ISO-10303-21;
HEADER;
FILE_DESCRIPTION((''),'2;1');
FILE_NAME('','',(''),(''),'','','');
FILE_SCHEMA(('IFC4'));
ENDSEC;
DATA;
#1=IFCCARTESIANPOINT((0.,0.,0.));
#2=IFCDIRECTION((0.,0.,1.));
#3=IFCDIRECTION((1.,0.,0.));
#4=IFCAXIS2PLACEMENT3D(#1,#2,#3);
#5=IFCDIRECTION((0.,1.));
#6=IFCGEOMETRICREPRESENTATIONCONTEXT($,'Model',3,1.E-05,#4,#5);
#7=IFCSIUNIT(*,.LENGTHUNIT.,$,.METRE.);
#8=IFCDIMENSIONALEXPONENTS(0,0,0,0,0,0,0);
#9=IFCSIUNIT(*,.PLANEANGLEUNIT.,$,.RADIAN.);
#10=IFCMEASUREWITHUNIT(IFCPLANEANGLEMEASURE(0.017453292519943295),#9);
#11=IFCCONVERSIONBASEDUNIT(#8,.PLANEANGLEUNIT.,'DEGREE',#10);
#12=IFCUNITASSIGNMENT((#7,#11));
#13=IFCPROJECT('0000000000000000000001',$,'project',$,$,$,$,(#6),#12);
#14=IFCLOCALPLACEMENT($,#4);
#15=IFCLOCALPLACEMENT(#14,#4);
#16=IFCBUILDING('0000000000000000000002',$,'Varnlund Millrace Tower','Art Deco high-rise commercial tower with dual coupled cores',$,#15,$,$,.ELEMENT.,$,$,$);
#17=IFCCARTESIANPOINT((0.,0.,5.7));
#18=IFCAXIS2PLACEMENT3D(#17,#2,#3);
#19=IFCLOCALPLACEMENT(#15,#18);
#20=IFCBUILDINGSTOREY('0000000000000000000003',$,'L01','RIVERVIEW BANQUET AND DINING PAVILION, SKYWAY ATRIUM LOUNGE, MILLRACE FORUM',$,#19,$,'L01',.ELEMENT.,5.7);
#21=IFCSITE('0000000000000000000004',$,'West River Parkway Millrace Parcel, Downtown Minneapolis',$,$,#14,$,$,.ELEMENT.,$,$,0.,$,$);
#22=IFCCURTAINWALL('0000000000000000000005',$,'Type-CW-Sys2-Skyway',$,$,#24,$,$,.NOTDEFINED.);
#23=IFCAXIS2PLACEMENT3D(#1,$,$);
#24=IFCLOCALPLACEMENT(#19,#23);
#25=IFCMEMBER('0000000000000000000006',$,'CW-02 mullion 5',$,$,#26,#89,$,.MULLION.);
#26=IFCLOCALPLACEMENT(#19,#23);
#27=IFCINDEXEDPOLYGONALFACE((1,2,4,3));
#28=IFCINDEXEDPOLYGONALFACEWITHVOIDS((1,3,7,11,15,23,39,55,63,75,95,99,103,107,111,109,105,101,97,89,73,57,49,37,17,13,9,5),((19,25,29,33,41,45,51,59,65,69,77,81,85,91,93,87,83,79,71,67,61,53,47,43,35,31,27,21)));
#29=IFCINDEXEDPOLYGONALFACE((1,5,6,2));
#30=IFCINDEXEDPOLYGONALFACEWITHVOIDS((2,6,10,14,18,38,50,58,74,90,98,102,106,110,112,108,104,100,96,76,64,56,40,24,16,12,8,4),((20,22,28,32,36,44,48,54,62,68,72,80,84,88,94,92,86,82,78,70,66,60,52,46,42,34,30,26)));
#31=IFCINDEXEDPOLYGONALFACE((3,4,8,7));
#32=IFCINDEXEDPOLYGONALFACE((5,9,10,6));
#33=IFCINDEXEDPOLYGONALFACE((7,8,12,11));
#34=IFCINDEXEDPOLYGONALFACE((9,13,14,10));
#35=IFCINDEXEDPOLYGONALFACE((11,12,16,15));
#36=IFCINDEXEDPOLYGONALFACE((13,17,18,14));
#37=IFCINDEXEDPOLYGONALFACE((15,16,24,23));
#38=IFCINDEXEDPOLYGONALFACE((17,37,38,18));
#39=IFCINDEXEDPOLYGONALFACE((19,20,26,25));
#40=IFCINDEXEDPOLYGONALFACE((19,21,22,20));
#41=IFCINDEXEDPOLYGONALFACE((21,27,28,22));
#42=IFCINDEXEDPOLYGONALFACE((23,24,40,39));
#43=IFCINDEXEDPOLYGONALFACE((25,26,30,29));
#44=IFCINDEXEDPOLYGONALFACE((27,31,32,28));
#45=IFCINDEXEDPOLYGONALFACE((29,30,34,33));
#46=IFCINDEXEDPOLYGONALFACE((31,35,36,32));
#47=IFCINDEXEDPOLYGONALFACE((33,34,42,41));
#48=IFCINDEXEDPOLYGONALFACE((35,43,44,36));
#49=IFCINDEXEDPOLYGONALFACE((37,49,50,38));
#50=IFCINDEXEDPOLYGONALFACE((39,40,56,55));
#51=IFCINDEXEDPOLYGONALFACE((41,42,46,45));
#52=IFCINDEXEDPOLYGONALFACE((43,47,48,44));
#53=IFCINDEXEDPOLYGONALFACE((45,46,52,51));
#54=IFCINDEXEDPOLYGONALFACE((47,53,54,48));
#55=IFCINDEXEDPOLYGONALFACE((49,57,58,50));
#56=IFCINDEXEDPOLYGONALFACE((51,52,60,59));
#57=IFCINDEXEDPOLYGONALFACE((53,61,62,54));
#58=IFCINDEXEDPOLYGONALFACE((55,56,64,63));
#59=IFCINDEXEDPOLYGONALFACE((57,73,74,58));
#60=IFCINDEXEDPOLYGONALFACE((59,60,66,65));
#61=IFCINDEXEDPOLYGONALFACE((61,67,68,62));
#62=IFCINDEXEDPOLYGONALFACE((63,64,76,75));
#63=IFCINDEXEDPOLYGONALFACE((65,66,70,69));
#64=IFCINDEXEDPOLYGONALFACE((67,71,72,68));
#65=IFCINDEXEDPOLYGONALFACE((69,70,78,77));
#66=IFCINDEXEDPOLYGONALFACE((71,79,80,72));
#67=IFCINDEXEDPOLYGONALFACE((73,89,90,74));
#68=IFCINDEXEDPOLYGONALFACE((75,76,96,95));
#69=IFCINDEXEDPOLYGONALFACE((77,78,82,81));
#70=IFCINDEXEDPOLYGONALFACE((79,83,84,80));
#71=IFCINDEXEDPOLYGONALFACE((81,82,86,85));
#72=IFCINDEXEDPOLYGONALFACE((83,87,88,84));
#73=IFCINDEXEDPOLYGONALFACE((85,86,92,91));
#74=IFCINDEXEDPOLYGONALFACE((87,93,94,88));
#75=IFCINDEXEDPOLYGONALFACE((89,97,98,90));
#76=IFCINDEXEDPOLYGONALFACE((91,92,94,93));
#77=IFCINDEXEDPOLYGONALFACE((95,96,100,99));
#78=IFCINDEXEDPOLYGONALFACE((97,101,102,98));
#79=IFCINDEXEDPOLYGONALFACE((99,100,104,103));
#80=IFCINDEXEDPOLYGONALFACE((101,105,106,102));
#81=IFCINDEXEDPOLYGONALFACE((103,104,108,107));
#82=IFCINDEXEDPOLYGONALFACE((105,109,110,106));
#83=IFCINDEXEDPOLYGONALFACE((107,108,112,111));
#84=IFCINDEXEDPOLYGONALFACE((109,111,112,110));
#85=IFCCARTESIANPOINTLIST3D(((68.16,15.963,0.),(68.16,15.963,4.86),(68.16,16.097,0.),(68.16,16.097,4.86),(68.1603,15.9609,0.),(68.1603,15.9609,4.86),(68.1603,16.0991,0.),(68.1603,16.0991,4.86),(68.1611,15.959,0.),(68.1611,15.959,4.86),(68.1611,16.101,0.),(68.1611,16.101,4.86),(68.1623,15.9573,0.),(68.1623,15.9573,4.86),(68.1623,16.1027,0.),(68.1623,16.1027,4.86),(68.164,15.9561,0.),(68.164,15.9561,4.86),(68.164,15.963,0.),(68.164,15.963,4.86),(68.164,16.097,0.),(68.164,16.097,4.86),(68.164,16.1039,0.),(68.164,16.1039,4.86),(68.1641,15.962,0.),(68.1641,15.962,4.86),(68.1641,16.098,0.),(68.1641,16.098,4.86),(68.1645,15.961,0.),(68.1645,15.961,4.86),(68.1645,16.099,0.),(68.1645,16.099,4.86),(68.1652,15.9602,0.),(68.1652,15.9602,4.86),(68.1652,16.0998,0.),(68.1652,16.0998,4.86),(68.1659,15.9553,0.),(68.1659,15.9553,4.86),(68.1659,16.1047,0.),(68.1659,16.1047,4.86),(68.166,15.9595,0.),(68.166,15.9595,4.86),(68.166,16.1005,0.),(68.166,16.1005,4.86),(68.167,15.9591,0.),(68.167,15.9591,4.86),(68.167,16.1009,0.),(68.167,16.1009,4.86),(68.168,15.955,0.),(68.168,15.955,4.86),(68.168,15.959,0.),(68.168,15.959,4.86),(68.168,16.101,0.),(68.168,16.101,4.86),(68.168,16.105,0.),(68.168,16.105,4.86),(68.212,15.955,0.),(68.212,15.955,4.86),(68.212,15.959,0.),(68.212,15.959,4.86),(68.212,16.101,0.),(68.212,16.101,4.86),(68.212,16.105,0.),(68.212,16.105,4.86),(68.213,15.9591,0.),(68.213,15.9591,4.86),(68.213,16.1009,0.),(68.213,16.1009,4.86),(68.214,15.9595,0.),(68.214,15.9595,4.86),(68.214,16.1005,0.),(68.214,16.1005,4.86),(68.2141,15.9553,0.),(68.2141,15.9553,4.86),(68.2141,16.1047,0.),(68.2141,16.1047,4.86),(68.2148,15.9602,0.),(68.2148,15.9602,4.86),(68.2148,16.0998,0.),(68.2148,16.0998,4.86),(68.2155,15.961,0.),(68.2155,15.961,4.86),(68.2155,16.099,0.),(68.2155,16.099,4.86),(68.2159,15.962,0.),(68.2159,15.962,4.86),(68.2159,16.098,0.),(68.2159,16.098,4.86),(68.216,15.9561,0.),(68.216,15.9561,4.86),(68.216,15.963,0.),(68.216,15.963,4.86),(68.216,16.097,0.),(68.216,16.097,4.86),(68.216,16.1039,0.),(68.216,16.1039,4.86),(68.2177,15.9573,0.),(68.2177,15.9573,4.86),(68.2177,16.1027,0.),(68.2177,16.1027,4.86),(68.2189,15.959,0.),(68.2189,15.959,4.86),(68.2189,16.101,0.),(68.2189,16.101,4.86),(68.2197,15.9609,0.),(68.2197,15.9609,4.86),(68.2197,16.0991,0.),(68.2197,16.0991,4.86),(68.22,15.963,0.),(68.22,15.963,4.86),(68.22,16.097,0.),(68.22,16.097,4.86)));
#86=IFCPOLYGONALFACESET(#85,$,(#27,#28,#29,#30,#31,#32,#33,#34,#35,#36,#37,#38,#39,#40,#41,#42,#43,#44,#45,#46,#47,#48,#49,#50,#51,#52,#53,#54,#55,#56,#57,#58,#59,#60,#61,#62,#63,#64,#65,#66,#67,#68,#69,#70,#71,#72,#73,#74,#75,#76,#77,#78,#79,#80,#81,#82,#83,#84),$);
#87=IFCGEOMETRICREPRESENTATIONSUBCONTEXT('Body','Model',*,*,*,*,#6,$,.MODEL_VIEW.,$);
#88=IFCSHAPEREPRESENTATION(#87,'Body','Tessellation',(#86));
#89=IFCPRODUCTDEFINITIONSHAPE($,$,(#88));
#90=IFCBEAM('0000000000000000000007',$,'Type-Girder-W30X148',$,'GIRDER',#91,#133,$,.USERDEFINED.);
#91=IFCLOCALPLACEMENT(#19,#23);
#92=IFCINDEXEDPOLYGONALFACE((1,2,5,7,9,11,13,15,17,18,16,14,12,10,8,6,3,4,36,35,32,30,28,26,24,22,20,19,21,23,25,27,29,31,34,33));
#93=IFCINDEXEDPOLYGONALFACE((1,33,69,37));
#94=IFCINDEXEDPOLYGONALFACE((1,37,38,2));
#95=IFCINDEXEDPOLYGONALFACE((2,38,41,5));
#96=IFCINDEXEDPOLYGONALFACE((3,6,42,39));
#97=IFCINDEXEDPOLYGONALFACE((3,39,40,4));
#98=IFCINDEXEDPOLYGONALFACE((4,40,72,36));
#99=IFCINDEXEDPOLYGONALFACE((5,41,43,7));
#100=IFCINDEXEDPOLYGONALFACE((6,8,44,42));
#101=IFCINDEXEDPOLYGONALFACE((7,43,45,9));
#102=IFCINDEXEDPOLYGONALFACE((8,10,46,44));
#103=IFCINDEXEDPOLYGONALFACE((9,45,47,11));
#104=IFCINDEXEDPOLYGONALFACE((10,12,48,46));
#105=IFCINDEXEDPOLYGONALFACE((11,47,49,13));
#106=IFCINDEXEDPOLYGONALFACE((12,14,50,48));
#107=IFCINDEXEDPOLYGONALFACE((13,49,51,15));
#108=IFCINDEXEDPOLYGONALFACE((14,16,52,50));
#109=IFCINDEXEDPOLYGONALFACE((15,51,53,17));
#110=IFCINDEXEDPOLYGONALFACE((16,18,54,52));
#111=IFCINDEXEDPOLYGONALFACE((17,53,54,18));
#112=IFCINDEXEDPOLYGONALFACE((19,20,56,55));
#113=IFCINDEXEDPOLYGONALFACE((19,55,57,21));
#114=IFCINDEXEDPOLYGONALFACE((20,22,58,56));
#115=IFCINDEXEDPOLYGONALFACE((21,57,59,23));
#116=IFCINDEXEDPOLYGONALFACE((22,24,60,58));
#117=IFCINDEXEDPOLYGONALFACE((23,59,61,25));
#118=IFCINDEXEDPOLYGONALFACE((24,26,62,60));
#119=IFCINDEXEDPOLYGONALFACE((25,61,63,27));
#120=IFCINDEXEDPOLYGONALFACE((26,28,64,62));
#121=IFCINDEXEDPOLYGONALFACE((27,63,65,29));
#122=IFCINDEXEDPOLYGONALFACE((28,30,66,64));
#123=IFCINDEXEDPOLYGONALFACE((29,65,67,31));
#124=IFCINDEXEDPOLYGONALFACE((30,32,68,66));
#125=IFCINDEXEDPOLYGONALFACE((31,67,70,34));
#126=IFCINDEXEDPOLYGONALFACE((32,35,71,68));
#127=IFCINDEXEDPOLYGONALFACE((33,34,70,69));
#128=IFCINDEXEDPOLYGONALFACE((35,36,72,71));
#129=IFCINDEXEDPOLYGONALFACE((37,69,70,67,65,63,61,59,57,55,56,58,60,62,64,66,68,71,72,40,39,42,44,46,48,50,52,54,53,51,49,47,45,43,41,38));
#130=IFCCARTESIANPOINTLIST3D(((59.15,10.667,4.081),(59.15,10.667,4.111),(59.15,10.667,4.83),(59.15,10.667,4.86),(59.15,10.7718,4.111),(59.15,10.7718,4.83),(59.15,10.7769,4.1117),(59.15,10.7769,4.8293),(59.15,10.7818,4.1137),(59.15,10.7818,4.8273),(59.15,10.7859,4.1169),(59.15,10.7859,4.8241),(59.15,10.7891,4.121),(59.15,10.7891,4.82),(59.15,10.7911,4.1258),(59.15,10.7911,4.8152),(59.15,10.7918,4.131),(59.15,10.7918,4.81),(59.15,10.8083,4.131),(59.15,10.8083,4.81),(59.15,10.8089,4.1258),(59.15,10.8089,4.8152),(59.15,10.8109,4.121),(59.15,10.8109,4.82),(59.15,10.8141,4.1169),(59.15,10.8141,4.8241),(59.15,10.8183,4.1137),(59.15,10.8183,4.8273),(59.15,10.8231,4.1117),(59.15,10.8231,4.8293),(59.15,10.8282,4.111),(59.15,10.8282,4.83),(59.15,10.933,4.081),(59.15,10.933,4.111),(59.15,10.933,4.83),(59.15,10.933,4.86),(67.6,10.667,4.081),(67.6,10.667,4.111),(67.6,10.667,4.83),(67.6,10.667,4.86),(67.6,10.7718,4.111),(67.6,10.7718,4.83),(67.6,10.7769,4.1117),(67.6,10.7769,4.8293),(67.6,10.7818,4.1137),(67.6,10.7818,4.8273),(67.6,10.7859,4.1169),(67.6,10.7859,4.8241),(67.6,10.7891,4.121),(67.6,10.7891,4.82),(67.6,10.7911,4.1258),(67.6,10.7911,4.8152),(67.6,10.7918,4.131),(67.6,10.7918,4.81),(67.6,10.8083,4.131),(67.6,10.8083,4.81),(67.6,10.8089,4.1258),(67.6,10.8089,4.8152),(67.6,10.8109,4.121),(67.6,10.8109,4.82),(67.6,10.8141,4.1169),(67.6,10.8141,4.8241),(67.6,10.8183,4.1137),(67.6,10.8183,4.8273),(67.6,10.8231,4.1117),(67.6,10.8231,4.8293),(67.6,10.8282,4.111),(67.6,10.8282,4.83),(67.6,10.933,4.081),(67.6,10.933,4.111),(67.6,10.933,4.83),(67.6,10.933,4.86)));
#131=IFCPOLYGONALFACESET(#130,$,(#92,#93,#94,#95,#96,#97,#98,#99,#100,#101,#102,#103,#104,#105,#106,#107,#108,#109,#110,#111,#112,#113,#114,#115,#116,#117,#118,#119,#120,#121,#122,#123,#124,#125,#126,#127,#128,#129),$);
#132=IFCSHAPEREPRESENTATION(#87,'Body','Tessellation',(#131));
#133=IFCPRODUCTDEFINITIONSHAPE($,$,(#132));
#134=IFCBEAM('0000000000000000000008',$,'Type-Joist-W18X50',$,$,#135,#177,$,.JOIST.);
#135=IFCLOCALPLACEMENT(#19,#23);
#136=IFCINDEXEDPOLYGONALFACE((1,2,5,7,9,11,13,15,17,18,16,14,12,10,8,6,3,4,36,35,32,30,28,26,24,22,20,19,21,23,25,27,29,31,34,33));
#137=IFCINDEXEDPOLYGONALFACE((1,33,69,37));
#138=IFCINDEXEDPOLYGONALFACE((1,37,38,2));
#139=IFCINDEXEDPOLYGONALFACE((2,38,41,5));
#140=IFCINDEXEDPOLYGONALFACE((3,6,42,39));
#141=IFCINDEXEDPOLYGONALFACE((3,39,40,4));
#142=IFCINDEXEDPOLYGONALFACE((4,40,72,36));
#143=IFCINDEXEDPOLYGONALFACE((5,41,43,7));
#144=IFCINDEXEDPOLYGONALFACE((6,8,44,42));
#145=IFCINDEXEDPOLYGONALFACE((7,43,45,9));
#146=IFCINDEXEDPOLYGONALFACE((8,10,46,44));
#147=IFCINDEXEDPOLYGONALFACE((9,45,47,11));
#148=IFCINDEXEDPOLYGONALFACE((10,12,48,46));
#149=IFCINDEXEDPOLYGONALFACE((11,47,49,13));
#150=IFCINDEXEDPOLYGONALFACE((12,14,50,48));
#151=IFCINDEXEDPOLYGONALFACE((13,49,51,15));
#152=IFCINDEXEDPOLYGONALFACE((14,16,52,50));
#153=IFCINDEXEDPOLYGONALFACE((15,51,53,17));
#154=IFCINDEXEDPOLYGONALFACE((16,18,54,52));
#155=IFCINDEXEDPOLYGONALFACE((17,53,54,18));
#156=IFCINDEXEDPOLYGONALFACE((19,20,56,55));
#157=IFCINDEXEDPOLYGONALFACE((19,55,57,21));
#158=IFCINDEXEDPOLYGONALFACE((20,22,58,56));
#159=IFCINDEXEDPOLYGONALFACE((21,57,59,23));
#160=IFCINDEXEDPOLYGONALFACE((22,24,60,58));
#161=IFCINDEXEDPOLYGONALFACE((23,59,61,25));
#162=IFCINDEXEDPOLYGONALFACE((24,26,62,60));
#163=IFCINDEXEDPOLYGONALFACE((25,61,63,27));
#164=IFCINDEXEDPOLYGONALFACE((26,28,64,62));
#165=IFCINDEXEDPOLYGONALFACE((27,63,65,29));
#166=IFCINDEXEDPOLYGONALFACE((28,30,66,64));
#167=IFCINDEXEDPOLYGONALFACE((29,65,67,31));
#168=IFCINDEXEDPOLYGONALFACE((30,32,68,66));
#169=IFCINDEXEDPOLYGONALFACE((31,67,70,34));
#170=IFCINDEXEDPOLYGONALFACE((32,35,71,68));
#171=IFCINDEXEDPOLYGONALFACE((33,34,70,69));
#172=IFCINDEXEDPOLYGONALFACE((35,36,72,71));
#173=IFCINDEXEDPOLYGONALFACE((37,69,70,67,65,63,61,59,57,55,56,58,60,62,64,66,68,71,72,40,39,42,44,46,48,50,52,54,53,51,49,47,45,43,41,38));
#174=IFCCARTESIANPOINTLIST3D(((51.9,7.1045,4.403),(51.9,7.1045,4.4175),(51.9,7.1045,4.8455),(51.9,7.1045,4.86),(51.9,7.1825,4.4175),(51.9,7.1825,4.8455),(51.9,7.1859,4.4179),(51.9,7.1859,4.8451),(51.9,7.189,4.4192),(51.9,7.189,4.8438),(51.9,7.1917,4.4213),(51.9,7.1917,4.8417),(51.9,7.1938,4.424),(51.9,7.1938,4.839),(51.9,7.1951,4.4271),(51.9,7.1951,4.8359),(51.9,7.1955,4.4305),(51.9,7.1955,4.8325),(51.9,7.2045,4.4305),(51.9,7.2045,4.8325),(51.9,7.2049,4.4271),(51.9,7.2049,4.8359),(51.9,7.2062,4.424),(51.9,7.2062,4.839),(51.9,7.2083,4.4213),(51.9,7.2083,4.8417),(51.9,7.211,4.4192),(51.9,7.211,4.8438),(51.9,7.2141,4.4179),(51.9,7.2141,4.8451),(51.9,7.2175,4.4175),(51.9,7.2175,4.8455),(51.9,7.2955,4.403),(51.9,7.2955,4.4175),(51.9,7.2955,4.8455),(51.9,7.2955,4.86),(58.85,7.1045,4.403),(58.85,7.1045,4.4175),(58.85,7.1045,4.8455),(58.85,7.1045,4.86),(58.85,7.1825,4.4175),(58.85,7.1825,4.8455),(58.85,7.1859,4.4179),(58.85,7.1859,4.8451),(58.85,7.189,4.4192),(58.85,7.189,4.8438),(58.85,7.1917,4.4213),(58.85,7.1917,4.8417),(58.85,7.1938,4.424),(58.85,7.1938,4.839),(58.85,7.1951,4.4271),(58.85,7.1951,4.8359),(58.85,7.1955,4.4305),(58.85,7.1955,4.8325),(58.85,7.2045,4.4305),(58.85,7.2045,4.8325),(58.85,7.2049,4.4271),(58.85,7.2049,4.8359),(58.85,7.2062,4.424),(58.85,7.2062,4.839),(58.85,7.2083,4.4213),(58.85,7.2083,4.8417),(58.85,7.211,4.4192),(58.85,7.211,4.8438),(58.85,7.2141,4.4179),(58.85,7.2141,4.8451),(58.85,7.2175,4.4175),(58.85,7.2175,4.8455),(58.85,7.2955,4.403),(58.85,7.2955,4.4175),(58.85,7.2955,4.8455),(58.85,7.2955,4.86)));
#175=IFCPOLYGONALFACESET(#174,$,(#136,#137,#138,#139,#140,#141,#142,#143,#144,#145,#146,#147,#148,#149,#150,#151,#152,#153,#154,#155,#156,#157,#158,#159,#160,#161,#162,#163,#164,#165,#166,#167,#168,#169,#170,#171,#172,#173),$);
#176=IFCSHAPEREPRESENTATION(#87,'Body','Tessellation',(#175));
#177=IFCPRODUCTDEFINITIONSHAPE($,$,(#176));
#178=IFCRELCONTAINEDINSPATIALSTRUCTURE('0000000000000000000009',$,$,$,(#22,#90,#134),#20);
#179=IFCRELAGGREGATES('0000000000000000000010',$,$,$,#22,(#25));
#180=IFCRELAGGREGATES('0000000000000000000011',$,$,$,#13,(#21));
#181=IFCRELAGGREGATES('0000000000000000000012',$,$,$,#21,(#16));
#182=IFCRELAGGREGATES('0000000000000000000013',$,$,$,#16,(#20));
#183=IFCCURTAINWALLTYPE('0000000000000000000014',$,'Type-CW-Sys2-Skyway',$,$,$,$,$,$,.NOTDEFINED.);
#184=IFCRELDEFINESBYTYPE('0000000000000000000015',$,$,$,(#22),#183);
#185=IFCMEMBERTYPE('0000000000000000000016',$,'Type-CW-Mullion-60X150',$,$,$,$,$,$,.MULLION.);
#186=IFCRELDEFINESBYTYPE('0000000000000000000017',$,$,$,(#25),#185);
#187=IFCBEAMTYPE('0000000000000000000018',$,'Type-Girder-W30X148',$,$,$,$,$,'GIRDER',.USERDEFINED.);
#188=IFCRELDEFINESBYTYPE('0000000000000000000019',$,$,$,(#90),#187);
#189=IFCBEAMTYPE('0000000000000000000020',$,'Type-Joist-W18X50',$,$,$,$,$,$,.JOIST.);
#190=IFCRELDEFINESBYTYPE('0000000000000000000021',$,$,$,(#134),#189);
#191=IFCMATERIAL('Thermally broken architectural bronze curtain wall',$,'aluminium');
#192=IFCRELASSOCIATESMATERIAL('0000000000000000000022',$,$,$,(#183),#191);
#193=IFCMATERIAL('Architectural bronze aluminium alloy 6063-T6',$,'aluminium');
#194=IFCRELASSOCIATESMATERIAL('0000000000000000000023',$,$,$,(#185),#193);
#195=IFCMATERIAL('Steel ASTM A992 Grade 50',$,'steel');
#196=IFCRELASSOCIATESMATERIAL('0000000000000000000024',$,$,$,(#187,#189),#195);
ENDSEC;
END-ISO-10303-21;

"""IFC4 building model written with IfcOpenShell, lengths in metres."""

from ifc_helpers import new_model, entity, si_unit, converted_unit, direction, frame, origin_with_axes, origin_2d_with_axis, place, context, subcontext, project, spatial, hollow_rectangle, i_section, extrude, material, material_profile, profile_set, type_object, element, aggregate, save


model = new_model("IFC4")

# Units and contexts
model_context = context("Model", 3, precision=1e-05, world=origin_with_axes(), true_north=direction((0.0, 1.0)))
body_context = subcontext(model_context, "Body", "Model", "MODEL_VIEW")
ifc_project = project(units=[si_unit("LENGTHUNIT", "METRE"), converted_unit("PLANEANGLEUNIT", "DEGREE", entity("IfcPlaneAngleMeasure", 0.017453292519943295), si_unit("PLANEANGLEUNIT", "RADIAN"), dimensions=[0, 0, 0, 0, 0, 0, 0])], contexts=[model_context])

# Site, building, storey
site_placement = place(None, origin_with_axes())
site = spatial("IfcSite", under=ifc_project, at=site_placement, Name="West River Parkway Millrace Parcel, Downtown Minneapolis", CompositionType="ELEMENT", RefElevation=0.0)
building_placement = place(site_placement, origin_with_axes())
building = spatial("IfcBuilding", under=site, at=building_placement, Name="Varnlund Millrace Tower", Description="Art Deco high-rise commercial tower with dual coupled cores", CompositionType="ELEMENT")
storey_placement = place(building_placement, frame((0.0, 0.0, 5.7), z_axis=(0.0, 0.0, 1.0), x_axis=(1.0, 0.0, 0.0)))
storey = spatial("IfcBuildingStorey", under=building, at=storey_placement, Name="L01", Description="RIVERVIEW BANQUET AND DINING PAVILION, SKYWAY ATRIUM LOUNGE, MILLRACE FORUM", LongName="L01", CompositionType="ELEMENT", Elevation=5.7)

# Shared definitions
ifc_material_1 = material(Name="Steel ASTM A992 Grade 50", Category="steel")

# Curtain wall, member
ifc_material_2 = material(Name="Thermally broken architectural bronze curtain wall", Category="aluminium")
curtain_wall_type = type_object("IfcCurtainWallType", Name="Type-CW-Sys2-Skyway", PredefinedType="NOTDEFINED", material=ifc_material_2)
curtain_wall_placement = place(storey_placement, frame((68.19, 22.0, 0.0), z_axis=(0.0, 0.0, 1.0), x_axis=(1.0, 0.0, 0.0)))
curtain_wall = element("IfcCurtainWall", 1, at=curtain_wall_placement, inside=storey, type_object=curtain_wall_type, Name="Type-CW-Sys2-Skyway", PredefinedType="NOTDEFINED")
ifc_material_3 = material(Name="Architectural bronze aluminium alloy 6063-T6", Category="aluminium")
ifc_material_profile_1 = material_profile(ifc_material_3, hollow_rectangle(XDim=0.06, YDim=0.15, WallThickness=0.004, InnerFilletRadius=0.004, OuterFilletRadius=0.008, at=origin_2d_with_axis()), Name="Architectural bronze aluminium alloy 6063-T6")
ifc_profile_set_1 = profile_set([ifc_material_profile_1], Name="Architectural bronze aluminium alloy 6063-T6")
member_type = type_object("IfcMemberType", Name="Type-CW-Mullion-60X150", PredefinedType="MULLION", material=ifc_profile_set_1)
member_placement = place(storey_placement, frame((68.19, 16.03, 0.0), z_axis=(0.0, 0.0, 1.0), x_axis=(1.0, 0.0, 0.0)))
member = element("IfcMember", 2, at=member_placement, type_object=member_type, Name="CW-02 mullion 5", PredefinedType="MULLION", context=body_context, shape_type="SweptSolid", body=[
    extrude(hollow_rectangle(XDim=0.06, YDim=0.15, WallThickness=0.004, InnerFilletRadius=0.004, OuterFilletRadius=0.008, at=origin_2d_with_axis()), origin_with_axes(), (0.0, 0.0, 1.0), 4.86),
])

# Beams
ifc_material_profile_2 = material_profile(ifc_material_1, i_section(OverallWidth=0.266, OverallDepth=0.779, WebThickness=0.0165, FlangeThickness=0.03, FilletRadius=0.02, at=origin_2d_with_axis()), Name="Steel ASTM A992 Grade 50")
ifc_profile_set_2 = profile_set([ifc_material_profile_2], Name="Steel ASTM A992 Grade 50")
beam_type_1 = type_object("IfcBeamType", Name="Type-Girder-W30X148", ElementType="GIRDER", PredefinedType="USERDEFINED", material=ifc_profile_set_2)
beam_1_placement = place(storey_placement, frame((59.15, 10.8, 4.4705), z_axis=(1.0, 0.0, 0.0), x_axis=(0.0, 1.0, 0.0)))
element("IfcBeam", 3, at=beam_1_placement, inside=storey, type_object=beam_type_1, Name="Type-Girder-W30X148", ObjectType="GIRDER", PredefinedType="USERDEFINED", context=body_context, shape_type="SweptSolid", body=[
    extrude(i_section(OverallWidth=0.266, OverallDepth=0.779, WebThickness=0.0165, FlangeThickness=0.03, FilletRadius=0.02, at=origin_2d_with_axis()), origin_with_axes(), (0.0, 0.0, 1.0), 8.45),
])
ifc_material_profile_3 = material_profile(ifc_material_1, i_section(OverallWidth=0.191, OverallDepth=0.457, WebThickness=0.009, FlangeThickness=0.0145, FilletRadius=0.013, at=origin_2d_with_axis()), Name="Steel ASTM A992 Grade 50")
ifc_profile_set_3 = profile_set([ifc_material_profile_3], Name="Steel ASTM A992 Grade 50")
beam_type_2 = type_object("IfcBeamType", Name="Type-Joist-W18X50", PredefinedType="JOIST", material=ifc_profile_set_3)
for number, where, z_axis, x_axis, name in (
    (4, (51.9, 7.2, 4.6315), (1.0, 0.0, 0.0), (0.0, 1.0, 0.0), "Type-Joist-W18X50"),
):
    element("IfcBeam", number, at=place(storey_placement, frame(where, z_axis=z_axis, x_axis=x_axis)), inside=storey, type_object=beam_type_2, Name=name, PredefinedType="JOIST", context=body_context, shape_type="SweptSolid", body=[
        extrude(i_section(OverallWidth=0.191, OverallDepth=0.457, WebThickness=0.009, FlangeThickness=0.0145, FilletRadius=0.013, at=origin_2d_with_axis()), origin_with_axes(), (0.0, 0.0, 1.0), 6.95),
    ])

aggregate(curtain_wall, [member])

save(model, "model.ifc")
